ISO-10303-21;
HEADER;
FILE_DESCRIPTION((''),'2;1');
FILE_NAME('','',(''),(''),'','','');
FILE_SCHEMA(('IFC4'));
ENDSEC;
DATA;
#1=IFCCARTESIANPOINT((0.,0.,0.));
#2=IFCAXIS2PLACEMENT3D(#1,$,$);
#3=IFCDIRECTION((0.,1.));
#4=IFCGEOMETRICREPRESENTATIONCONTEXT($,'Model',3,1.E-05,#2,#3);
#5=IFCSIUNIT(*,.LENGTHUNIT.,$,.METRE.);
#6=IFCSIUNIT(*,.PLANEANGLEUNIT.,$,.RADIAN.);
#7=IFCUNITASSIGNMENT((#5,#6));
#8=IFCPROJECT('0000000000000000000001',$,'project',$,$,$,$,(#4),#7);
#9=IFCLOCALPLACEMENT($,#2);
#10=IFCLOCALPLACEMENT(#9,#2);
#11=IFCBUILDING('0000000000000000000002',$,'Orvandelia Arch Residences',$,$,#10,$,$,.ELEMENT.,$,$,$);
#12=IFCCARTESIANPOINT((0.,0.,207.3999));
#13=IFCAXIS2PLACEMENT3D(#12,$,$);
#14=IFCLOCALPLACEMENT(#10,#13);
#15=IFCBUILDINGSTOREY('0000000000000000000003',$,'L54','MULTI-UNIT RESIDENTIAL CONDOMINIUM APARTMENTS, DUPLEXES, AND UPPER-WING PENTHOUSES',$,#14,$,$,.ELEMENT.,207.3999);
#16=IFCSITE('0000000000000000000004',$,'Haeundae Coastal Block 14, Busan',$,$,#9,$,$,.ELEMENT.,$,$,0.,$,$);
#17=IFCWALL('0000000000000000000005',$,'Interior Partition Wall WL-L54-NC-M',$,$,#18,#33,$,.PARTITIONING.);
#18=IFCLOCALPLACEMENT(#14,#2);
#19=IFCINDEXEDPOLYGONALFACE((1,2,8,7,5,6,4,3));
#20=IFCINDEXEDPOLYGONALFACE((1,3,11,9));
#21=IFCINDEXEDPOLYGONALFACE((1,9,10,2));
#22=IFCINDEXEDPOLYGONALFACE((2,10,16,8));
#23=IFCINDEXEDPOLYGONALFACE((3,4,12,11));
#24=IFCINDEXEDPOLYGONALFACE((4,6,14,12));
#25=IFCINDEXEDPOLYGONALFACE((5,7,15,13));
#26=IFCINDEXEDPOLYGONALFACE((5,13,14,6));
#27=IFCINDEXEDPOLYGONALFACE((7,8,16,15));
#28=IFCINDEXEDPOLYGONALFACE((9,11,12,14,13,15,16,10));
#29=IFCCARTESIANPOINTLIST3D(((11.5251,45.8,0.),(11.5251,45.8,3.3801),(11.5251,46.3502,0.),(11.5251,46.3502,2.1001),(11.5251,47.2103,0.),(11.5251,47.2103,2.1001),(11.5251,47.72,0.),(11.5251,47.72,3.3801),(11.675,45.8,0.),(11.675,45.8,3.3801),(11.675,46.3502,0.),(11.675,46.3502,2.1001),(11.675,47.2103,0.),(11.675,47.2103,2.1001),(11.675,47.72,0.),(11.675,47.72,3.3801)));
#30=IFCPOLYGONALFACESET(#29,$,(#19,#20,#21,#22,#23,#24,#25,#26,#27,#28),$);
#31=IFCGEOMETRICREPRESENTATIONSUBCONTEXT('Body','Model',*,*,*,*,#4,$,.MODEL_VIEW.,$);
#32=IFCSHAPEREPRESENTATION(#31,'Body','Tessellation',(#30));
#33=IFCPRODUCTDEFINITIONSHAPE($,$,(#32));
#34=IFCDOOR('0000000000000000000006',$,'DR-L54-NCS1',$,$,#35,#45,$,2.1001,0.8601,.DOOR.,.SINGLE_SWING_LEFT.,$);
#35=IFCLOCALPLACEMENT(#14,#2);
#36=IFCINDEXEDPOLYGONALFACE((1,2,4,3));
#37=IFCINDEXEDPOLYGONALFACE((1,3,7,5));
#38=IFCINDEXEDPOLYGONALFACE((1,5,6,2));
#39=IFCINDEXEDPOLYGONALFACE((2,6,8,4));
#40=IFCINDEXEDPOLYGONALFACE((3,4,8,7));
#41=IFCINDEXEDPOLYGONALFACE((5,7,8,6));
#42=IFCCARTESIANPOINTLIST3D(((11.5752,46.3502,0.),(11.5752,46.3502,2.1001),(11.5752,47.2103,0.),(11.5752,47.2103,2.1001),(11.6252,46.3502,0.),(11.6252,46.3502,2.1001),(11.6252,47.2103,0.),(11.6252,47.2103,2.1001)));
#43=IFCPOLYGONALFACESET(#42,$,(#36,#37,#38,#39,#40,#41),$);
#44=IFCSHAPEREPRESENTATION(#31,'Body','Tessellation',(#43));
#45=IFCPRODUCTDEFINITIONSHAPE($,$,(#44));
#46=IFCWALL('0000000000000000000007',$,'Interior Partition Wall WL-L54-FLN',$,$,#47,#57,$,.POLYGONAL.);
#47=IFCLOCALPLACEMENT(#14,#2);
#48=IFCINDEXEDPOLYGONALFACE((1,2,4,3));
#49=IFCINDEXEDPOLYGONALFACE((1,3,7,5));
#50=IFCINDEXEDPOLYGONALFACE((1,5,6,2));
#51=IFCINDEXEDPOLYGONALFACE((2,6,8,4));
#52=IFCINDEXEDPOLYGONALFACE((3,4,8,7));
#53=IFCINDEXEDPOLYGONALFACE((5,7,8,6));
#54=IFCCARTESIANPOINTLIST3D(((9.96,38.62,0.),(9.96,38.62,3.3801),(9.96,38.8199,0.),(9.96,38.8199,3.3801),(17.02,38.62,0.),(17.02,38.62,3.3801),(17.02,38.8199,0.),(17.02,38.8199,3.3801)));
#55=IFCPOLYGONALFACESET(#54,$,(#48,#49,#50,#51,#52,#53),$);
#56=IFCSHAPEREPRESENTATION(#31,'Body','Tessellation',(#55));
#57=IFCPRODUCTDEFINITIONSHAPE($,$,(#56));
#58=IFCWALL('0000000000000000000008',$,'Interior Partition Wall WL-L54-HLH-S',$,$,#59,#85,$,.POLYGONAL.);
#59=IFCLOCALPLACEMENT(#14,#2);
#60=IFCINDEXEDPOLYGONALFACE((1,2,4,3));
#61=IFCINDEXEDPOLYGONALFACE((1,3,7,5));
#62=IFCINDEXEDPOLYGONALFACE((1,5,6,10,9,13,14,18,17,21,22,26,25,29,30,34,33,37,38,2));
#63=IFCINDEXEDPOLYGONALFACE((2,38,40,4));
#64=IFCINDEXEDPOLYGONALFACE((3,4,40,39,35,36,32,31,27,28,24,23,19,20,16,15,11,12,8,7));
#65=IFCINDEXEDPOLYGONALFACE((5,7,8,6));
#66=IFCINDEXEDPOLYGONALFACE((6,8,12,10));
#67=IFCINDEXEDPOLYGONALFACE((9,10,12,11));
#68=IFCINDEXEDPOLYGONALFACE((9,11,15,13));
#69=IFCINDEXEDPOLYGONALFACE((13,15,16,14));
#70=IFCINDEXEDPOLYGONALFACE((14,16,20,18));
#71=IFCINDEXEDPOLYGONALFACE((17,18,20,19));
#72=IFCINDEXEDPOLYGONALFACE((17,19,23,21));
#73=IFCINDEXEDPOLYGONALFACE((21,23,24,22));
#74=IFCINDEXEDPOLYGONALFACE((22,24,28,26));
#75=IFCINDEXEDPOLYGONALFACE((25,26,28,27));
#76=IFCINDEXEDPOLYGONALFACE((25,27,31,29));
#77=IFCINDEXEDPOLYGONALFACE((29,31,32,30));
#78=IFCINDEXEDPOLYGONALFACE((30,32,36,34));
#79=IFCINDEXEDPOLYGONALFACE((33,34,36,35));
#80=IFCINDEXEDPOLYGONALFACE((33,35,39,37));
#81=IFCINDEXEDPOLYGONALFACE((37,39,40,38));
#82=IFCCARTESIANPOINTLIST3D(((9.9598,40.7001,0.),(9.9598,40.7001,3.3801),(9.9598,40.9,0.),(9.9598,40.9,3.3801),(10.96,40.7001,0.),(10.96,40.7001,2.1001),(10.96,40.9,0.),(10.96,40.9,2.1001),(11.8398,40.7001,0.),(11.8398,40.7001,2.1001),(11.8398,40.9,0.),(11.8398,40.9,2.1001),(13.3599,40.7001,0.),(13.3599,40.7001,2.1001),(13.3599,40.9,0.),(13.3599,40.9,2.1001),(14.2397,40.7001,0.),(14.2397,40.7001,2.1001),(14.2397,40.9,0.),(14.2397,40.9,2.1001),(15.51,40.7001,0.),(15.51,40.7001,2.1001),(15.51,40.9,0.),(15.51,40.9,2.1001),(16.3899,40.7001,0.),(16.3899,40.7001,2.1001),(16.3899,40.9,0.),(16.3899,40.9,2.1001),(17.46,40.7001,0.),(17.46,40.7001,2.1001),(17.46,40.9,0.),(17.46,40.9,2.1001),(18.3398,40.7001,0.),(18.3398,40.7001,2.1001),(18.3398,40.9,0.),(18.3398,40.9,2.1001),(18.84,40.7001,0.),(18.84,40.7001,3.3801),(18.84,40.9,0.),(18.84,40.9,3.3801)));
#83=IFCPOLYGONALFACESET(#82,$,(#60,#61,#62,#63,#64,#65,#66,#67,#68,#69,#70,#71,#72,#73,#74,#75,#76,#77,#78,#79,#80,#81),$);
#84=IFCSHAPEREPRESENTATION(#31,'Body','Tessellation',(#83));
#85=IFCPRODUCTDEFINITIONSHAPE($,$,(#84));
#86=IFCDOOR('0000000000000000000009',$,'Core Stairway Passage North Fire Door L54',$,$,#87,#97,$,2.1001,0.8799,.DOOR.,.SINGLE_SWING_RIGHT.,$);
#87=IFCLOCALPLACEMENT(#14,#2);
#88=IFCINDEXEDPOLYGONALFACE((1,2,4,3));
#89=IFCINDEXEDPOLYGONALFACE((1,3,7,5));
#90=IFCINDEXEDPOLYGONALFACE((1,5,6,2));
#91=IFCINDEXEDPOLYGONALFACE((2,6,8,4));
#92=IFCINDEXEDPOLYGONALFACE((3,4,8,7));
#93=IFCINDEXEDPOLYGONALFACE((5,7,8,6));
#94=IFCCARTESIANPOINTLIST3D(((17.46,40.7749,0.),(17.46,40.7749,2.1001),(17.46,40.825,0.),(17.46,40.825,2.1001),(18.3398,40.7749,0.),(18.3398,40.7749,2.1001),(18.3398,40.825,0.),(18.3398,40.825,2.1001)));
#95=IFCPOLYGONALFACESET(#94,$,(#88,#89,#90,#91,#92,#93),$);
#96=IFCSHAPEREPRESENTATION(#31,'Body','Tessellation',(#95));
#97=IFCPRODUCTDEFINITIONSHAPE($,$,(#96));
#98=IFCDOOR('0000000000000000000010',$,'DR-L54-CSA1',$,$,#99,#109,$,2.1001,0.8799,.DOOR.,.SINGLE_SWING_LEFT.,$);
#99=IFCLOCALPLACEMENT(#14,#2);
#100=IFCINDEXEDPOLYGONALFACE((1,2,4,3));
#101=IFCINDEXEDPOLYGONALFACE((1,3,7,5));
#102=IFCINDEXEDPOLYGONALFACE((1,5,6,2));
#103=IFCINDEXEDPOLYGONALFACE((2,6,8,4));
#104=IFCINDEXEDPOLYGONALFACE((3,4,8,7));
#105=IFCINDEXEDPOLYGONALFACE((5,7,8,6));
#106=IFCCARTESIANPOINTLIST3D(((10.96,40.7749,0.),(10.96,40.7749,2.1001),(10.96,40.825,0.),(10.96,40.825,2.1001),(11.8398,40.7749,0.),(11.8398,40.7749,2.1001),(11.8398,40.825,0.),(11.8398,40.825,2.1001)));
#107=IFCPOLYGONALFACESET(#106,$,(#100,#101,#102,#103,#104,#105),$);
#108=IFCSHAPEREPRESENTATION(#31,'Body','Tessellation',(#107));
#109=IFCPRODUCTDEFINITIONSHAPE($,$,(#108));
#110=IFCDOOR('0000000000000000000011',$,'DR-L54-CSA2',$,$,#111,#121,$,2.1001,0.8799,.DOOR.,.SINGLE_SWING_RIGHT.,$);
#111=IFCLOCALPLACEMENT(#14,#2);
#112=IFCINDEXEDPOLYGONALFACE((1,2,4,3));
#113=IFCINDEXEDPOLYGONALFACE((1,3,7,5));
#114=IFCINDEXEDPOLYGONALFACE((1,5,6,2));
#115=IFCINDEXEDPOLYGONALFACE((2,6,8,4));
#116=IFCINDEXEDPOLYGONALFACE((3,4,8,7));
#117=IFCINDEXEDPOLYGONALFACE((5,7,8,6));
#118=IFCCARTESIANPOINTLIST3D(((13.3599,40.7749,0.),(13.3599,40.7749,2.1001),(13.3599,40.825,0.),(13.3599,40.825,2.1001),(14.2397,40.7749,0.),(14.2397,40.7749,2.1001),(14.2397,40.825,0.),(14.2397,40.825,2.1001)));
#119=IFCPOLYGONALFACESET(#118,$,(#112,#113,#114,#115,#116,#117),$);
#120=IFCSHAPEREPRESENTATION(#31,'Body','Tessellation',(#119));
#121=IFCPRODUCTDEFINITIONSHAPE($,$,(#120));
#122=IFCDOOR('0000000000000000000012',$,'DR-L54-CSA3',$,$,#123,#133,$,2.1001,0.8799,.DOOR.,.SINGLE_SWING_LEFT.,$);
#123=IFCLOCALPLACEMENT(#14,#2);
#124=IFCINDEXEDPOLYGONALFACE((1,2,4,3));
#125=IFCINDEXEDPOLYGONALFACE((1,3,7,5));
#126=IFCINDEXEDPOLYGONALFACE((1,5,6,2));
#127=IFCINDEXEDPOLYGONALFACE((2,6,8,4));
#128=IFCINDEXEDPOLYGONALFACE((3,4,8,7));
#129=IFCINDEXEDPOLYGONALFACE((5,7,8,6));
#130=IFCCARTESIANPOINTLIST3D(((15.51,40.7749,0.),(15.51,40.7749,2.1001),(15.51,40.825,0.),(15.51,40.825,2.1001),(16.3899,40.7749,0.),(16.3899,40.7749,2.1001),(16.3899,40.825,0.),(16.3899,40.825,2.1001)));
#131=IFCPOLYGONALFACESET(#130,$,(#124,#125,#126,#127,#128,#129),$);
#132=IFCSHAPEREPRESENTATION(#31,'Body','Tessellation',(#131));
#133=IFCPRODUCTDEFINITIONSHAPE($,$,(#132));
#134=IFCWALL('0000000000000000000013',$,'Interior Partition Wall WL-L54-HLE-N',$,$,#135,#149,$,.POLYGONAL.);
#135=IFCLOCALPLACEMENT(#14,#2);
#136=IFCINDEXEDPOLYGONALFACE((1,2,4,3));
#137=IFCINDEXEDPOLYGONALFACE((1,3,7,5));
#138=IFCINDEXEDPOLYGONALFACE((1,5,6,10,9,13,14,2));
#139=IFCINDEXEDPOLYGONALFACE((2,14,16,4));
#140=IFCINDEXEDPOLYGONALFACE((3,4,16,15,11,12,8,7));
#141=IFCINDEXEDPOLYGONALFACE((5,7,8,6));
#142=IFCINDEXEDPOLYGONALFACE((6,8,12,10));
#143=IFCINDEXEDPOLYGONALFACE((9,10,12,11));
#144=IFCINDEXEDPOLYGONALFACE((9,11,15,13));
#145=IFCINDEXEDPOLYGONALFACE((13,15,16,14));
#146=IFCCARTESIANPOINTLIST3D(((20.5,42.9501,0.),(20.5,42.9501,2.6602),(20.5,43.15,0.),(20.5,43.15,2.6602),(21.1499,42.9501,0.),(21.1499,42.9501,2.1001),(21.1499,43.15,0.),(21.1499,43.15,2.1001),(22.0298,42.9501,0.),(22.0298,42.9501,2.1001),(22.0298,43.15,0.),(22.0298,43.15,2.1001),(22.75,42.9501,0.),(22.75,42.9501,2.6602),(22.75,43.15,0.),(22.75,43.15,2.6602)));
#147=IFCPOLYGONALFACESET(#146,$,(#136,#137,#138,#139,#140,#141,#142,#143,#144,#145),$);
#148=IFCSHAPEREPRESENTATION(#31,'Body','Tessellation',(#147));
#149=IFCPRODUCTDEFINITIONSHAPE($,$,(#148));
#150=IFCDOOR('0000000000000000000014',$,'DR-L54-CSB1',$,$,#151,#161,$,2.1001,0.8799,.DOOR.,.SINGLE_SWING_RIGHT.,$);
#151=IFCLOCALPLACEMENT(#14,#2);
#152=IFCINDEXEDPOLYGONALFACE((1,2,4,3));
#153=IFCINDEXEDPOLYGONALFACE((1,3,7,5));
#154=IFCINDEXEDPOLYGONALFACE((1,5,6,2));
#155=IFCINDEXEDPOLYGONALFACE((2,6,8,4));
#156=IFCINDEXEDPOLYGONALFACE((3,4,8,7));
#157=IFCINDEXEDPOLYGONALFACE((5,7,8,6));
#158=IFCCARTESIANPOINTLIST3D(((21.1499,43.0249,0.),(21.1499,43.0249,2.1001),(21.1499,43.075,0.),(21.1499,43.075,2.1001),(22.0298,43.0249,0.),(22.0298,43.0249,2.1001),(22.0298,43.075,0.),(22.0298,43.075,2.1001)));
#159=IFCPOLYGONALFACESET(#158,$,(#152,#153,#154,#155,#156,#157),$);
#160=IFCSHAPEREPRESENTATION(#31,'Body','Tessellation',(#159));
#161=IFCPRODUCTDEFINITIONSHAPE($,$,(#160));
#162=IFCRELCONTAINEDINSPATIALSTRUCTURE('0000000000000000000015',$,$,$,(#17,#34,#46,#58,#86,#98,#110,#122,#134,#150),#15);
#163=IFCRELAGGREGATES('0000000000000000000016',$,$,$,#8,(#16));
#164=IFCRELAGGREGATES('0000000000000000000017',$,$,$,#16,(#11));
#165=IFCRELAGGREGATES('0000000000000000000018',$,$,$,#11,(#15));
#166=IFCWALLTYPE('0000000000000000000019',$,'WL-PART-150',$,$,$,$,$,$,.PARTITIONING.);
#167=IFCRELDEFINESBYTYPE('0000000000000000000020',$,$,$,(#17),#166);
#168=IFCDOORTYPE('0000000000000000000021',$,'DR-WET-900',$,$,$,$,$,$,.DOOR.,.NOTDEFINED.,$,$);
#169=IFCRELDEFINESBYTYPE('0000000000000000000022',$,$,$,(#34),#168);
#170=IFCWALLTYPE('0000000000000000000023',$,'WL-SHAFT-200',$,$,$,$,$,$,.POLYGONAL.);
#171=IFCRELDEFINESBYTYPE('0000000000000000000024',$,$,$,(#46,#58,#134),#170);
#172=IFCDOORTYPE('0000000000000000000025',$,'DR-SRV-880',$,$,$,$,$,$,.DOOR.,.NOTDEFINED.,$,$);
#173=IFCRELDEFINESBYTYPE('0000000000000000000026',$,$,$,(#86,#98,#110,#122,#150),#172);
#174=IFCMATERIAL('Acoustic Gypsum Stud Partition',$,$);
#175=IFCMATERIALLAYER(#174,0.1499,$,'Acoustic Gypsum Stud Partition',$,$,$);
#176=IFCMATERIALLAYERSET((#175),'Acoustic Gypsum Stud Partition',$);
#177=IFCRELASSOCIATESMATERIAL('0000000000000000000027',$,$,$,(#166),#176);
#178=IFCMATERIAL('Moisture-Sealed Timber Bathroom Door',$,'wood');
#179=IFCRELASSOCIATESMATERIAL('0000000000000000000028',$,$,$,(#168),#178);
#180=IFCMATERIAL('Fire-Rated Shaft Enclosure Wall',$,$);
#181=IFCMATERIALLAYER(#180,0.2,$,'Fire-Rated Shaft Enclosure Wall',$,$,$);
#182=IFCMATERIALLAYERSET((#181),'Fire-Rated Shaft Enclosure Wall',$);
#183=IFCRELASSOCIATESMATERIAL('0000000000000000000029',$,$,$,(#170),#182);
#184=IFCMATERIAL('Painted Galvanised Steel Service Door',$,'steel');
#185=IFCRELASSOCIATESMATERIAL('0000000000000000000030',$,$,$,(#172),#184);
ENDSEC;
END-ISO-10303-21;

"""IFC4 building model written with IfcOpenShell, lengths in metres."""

from ifc_helpers import new_model, si_unit, direction, frame, frame_2d, origin, place, context, subcontext, project, spatial, rectangle, extrude, material, layer, layer_set, type_object, element, fill, save


model = new_model("IFC4")

# Units and contexts
model_context = context("Model", 3, precision=1e-05, world=origin(), true_north=direction((0.0, 1.0)))
body_context = subcontext(model_context, "Body", "Model", "MODEL_VIEW")
ifc_project = project(units=[si_unit("LENGTHUNIT", "METRE"), si_unit("PLANEANGLEUNIT", "RADIAN")], contexts=[model_context])

# Site, building, storey
site_placement = place(None, origin())
site = spatial("IfcSite", under=ifc_project, at=site_placement, Name="Haeundae Coastal Block 14, Busan", CompositionType="ELEMENT", RefElevation=0.0)
building_placement = place(site_placement, origin())
building = spatial("IfcBuilding", under=site, at=building_placement, Name="Orvandelia Arch Residences", CompositionType="ELEMENT")
storey_placement = place(building_placement, frame((0.0, 0.0, 207.3999)))
storey = spatial("IfcBuildingStorey", under=building, at=storey_placement, Name="L54", Description="MULTI-UNIT RESIDENTIAL CONDOMINIUM APARTMENTS, DUPLEXES, AND UPPER-WING PENTHOUSES", CompositionType="ELEMENT", Elevation=207.3999)

# Shared definitions
ifc_material_1 = material(Name="Acoustic Gypsum Stud Partition")
ifc_layer_1 = layer(ifc_material_1, 0.1499, Name="Acoustic Gypsum Stud Partition")
ifc_layer_set_1 = layer_set([ifc_layer_1], Name="Acoustic Gypsum Stud Partition")
wall_type_1 = type_object("IfcWallType", Name="WL-PART-150", PredefinedType="PARTITIONING", material=ifc_layer_set_1)

# Wall, opening, door
wall_1_placement = place(storey_placement, frame((11.6001, 45.8, 0.0), z_axis=(0.0, 0.0, 1.0), x_axis=(0.0, 1.0, 0.0)))
wall_1 = element("IfcWall", 1, at=wall_1_placement, inside=storey, type_object=wall_type_1, Name="Interior Partition Wall WL-L54-NC-M", PredefinedType="PARTITIONING", context=body_context, shape_type="SweptSolid", body=[
    extrude(rectangle(XDim=1.9199, YDim=0.1499, at=frame_2d((0.96, 0.0))), origin(), (0.0, 0.0, 1.0), 3.3801),
])
opening_1_placement = place(wall_1_placement, frame((0.55, 0.0, 0.0)))
opening_1 = element("IfcOpeningElement", 2, at=opening_1_placement, cuts=wall_1, PredefinedType="OPENING", context=body_context, shape_type="SweptSolid", body=[
    extrude(rectangle(XDim=0.8601, YDim=2.1001, at=frame_2d((0.4302, 1.05))), frame((0.0, 0.085, 0.0), z_axis=(0.0, -1.0, 0.0), x_axis=(1.0, 0.0, 0.0)), (0.0, 0.0, 1.0), 0.1699),
])
ifc_material_2 = material(Name="Moisture-Sealed Timber Bathroom Door", Category="wood")
door_type_1 = type_object("IfcDoorType", Name="DR-WET-900", OperationType="NOTDEFINED", PredefinedType="DOOR", material=ifc_material_2)
door_1_placement = place(opening_1_placement, origin())
door_1 = element("IfcDoor", 3, at=door_1_placement, inside=storey, type_object=door_type_1, Name="DR-L54-NCS1", OperationType="SINGLE_SWING_LEFT", OverallHeight=2.1001, OverallWidth=0.8601, PredefinedType="DOOR", context=body_context, shape_type="SweptSolid", body=[
    extrude(rectangle(XDim=0.8601, YDim=2.1001, at=frame_2d((0.4302, 1.05))), frame((0.0, 0.0249, 0.0), z_axis=(0.0, -1.0, 0.0), x_axis=(1.0, 0.0, 0.0)), (0.0, 0.0, 1.0), 0.05),
])
fill(opening_1, door_1)

# Wall
ifc_material_3 = material(Name="Fire-Rated Shaft Enclosure Wall")
ifc_layer_2 = layer(ifc_material_3, 0.2, Name="Fire-Rated Shaft Enclosure Wall")
ifc_layer_set_2 = layer_set([ifc_layer_2], Name="Fire-Rated Shaft Enclosure Wall")
wall_type_2 = type_object("IfcWallType", Name="WL-SHAFT-200", PredefinedType="POLYGONAL", material=ifc_layer_set_2)
wall_2_placement = place(storey_placement, frame((9.96, 38.72, 0.0), z_axis=(0.0, 0.0, 1.0), x_axis=(1.0, 0.0, 0.0)))
element("IfcWall", 4, at=wall_2_placement, inside=storey, type_object=wall_type_2, Name="Interior Partition Wall WL-L54-FLN", PredefinedType="POLYGONAL", context=body_context, shape_type="SweptSolid", body=[
    extrude(rectangle(XDim=7.0601, YDim=0.2, at=frame_2d((3.53, 0.0))), origin(), (0.0, 0.0, 1.0), 3.3801),
])

# Wall, openings, doors
wall_3_placement = place(storey_placement, frame((9.96, 40.8, 0.0), z_axis=(0.0, 0.0, 1.0), x_axis=(1.0, 0.0, 0.0)))
wall_3 = element("IfcWall", 5, at=wall_3_placement, inside=storey, type_object=wall_type_2, Name="Interior Partition Wall WL-L54-HLH-S", PredefinedType="POLYGONAL", context=body_context, shape_type="SweptSolid", body=[
    extrude(rectangle(XDim=8.8801, YDim=0.2, at=frame_2d((4.4399, 0.0))), origin(), (0.0, 0.0, 1.0), 3.3801),
])
opening_2_placement = place(wall_3_placement, frame((7.5, 0.0, 0.0)))
opening_2 = element("IfcOpeningElement", 6, at=opening_2_placement, cuts=wall_3, PredefinedType="OPENING", context=body_context, shape_type="SweptSolid", body=[
    extrude(rectangle(XDim=0.8799, YDim=2.1001, at=frame_2d((0.4399, 1.05))), frame((0.0, 0.1099, 0.0), z_axis=(0.0, -1.0, 0.0), x_axis=(1.0, 0.0, 0.0)), (0.0, 0.0, 1.0), 0.22),
])
opening_3_placement = place(wall_3_placement, frame((1.0, 0.0, 0.0)))
opening_3 = element("IfcOpeningElement", 7, at=opening_3_placement, cuts=wall_3, PredefinedType="OPENING", context=body_context, shape_type="SweptSolid", body=[
    extrude(rectangle(XDim=0.8799, YDim=2.1001, at=frame_2d((0.4399, 1.05))), frame((0.0, 0.1099, 0.0), z_axis=(0.0, -1.0, 0.0), x_axis=(1.0, 0.0, 0.0)), (0.0, 0.0, 1.0), 0.22),
])
opening_4_placement = place(wall_3_placement, frame((3.3999, 0.0, 0.0)))
opening_4 = element("IfcOpeningElement", 8, at=opening_4_placement, cuts=wall_3, PredefinedType="OPENING", context=body_context, shape_type="SweptSolid", body=[
    extrude(rectangle(XDim=0.8799, YDim=2.1001, at=frame_2d((0.4399, 1.05))), frame((0.0, 0.1099, 0.0), z_axis=(0.0, -1.0, 0.0), x_axis=(1.0, 0.0, 0.0)), (0.0, 0.0, 1.0), 0.22),
])
opening_5_placement = place(wall_3_placement, frame((5.55, 0.0, 0.0)))
opening_5 = element("IfcOpeningElement", 9, at=opening_5_placement, cuts=wall_3, PredefinedType="OPENING", context=body_context, shape_type="SweptSolid", body=[
    extrude(rectangle(XDim=0.8799, YDim=2.1001, at=frame_2d((0.4399, 1.05))), frame((0.0, 0.1099, 0.0), z_axis=(0.0, -1.0, 0.0), x_axis=(1.0, 0.0, 0.0)), (0.0, 0.0, 1.0), 0.22),
])
ifc_material_4 = material(Name="Painted Galvanised Steel Service Door", Category="steel")
door_type_2 = type_object("IfcDoorType", Name="DR-SRV-880", OperationType="NOTDEFINED", PredefinedType="DOOR", material=ifc_material_4)
door_2_placement = place(opening_2_placement, origin())
door_2 = element("IfcDoor", 10, at=door_2_placement, inside=storey, type_object=door_type_2, Name="Core Stairway Passage North Fire Door L54", OperationType="SINGLE_SWING_RIGHT", OverallHeight=2.1001, OverallWidth=0.8799, PredefinedType="DOOR", context=body_context, shape_type="SweptSolid", body=[
    extrude(rectangle(XDim=0.8799, YDim=2.1001, at=frame_2d((0.4399, 1.05))), frame((0.0, 0.0249, 0.0), z_axis=(0.0, -1.0, 0.0), x_axis=(1.0, 0.0, 0.0)), (0.0, 0.0, 1.0), 0.05),
])
fill(opening_2, door_2)
door_3_placement = place(opening_3_placement, origin())
door_3 = element("IfcDoor", 11, at=door_3_placement, inside=storey, type_object=door_type_2, Name="DR-L54-CSA1", OperationType="SINGLE_SWING_LEFT", OverallHeight=2.1001, OverallWidth=0.8799, PredefinedType="DOOR", context=body_context, shape_type="SweptSolid", body=[
    extrude(rectangle(XDim=0.8799, YDim=2.1001, at=frame_2d((0.4399, 1.05))), frame((0.0, 0.0249, 0.0), z_axis=(0.0, -1.0, 0.0), x_axis=(1.0, 0.0, 0.0)), (0.0, 0.0, 1.0), 0.05),
])
fill(opening_3, door_3)
door_4_placement = place(opening_4_placement, origin())
door_4 = element("IfcDoor", 12, at=door_4_placement, inside=storey, type_object=door_type_2, Name="DR-L54-CSA2", OperationType="SINGLE_SWING_RIGHT", OverallHeight=2.1001, OverallWidth=0.8799, PredefinedType="DOOR", context=body_context, shape_type="SweptSolid", body=[
    extrude(rectangle(XDim=0.8799, YDim=2.1001, at=frame_2d((0.4399, 1.05))), frame((0.0, 0.0249, 0.0), z_axis=(0.0, -1.0, 0.0), x_axis=(1.0, 0.0, 0.0)), (0.0, 0.0, 1.0), 0.05),
])
fill(opening_4, door_4)
door_5_placement = place(opening_5_placement, origin())
door_5 = element("IfcDoor", 13, at=door_5_placement, inside=storey, type_object=door_type_2, Name="DR-L54-CSA3", OperationType="SINGLE_SWING_LEFT", OverallHeight=2.1001, OverallWidth=0.8799, PredefinedType="DOOR", context=body_context, shape_type="SweptSolid", body=[
    extrude(rectangle(XDim=0.8799, YDim=2.1001, at=frame_2d((0.4399, 1.05))), frame((0.0, 0.0249, 0.0), z_axis=(0.0, -1.0, 0.0), x_axis=(1.0, 0.0, 0.0)), (0.0, 0.0, 1.0), 0.05),
])
fill(opening_5, door_5)

# Wall, opening, door
wall_4_placement = place(storey_placement, frame((20.5, 43.05, 0.0), z_axis=(0.0, 0.0, 1.0), x_axis=(1.0, 0.0, 0.0)))
wall_4 = element("IfcWall", 14, at=wall_4_placement, inside=storey, type_object=wall_type_2, Name="Interior Partition Wall WL-L54-HLE-N", PredefinedType="POLYGONAL", context=body_context, shape_type="SweptSolid", body=[
    extrude(rectangle(XDim=2.25, YDim=0.2, at=frame_2d((1.125, 0.0))), origin(), (0.0, 0.0, 1.0), 2.6602),
])
opening_6_placement = place(wall_4_placement, frame((0.6499, 0.0, 0.0)))
opening_6 = element("IfcOpeningElement", 15, at=opening_6_placement, cuts=wall_4, PredefinedType="OPENING", context=body_context, shape_type="SweptSolid", body=[
    extrude(rectangle(XDim=0.8799, YDim=2.1001, at=frame_2d((0.4399, 1.05))), frame((0.0, 0.1099, 0.0), z_axis=(0.0, -1.0, 0.0), x_axis=(1.0, 0.0, 0.0)), (0.0, 0.0, 1.0), 0.22),
])
door_6_placement = place(opening_6_placement, origin())
door_6 = element("IfcDoor", 16, at=door_6_placement, inside=storey, type_object=door_type_2, Name="DR-L54-CSB1", OperationType="SINGLE_SWING_RIGHT", OverallHeight=2.1001, OverallWidth=0.8799, PredefinedType="DOOR", context=body_context, shape_type="SweptSolid", body=[
    extrude(rectangle(XDim=0.8799, YDim=2.1001, at=frame_2d((0.4399, 1.05))), frame((0.0, 0.0249, 0.0), z_axis=(0.0, -1.0, 0.0), x_axis=(1.0, 0.0, 0.0)), (0.0, 0.0, 1.0), 0.05),
])
fill(opening_6, door_6)

save(model, "model.ifc")
